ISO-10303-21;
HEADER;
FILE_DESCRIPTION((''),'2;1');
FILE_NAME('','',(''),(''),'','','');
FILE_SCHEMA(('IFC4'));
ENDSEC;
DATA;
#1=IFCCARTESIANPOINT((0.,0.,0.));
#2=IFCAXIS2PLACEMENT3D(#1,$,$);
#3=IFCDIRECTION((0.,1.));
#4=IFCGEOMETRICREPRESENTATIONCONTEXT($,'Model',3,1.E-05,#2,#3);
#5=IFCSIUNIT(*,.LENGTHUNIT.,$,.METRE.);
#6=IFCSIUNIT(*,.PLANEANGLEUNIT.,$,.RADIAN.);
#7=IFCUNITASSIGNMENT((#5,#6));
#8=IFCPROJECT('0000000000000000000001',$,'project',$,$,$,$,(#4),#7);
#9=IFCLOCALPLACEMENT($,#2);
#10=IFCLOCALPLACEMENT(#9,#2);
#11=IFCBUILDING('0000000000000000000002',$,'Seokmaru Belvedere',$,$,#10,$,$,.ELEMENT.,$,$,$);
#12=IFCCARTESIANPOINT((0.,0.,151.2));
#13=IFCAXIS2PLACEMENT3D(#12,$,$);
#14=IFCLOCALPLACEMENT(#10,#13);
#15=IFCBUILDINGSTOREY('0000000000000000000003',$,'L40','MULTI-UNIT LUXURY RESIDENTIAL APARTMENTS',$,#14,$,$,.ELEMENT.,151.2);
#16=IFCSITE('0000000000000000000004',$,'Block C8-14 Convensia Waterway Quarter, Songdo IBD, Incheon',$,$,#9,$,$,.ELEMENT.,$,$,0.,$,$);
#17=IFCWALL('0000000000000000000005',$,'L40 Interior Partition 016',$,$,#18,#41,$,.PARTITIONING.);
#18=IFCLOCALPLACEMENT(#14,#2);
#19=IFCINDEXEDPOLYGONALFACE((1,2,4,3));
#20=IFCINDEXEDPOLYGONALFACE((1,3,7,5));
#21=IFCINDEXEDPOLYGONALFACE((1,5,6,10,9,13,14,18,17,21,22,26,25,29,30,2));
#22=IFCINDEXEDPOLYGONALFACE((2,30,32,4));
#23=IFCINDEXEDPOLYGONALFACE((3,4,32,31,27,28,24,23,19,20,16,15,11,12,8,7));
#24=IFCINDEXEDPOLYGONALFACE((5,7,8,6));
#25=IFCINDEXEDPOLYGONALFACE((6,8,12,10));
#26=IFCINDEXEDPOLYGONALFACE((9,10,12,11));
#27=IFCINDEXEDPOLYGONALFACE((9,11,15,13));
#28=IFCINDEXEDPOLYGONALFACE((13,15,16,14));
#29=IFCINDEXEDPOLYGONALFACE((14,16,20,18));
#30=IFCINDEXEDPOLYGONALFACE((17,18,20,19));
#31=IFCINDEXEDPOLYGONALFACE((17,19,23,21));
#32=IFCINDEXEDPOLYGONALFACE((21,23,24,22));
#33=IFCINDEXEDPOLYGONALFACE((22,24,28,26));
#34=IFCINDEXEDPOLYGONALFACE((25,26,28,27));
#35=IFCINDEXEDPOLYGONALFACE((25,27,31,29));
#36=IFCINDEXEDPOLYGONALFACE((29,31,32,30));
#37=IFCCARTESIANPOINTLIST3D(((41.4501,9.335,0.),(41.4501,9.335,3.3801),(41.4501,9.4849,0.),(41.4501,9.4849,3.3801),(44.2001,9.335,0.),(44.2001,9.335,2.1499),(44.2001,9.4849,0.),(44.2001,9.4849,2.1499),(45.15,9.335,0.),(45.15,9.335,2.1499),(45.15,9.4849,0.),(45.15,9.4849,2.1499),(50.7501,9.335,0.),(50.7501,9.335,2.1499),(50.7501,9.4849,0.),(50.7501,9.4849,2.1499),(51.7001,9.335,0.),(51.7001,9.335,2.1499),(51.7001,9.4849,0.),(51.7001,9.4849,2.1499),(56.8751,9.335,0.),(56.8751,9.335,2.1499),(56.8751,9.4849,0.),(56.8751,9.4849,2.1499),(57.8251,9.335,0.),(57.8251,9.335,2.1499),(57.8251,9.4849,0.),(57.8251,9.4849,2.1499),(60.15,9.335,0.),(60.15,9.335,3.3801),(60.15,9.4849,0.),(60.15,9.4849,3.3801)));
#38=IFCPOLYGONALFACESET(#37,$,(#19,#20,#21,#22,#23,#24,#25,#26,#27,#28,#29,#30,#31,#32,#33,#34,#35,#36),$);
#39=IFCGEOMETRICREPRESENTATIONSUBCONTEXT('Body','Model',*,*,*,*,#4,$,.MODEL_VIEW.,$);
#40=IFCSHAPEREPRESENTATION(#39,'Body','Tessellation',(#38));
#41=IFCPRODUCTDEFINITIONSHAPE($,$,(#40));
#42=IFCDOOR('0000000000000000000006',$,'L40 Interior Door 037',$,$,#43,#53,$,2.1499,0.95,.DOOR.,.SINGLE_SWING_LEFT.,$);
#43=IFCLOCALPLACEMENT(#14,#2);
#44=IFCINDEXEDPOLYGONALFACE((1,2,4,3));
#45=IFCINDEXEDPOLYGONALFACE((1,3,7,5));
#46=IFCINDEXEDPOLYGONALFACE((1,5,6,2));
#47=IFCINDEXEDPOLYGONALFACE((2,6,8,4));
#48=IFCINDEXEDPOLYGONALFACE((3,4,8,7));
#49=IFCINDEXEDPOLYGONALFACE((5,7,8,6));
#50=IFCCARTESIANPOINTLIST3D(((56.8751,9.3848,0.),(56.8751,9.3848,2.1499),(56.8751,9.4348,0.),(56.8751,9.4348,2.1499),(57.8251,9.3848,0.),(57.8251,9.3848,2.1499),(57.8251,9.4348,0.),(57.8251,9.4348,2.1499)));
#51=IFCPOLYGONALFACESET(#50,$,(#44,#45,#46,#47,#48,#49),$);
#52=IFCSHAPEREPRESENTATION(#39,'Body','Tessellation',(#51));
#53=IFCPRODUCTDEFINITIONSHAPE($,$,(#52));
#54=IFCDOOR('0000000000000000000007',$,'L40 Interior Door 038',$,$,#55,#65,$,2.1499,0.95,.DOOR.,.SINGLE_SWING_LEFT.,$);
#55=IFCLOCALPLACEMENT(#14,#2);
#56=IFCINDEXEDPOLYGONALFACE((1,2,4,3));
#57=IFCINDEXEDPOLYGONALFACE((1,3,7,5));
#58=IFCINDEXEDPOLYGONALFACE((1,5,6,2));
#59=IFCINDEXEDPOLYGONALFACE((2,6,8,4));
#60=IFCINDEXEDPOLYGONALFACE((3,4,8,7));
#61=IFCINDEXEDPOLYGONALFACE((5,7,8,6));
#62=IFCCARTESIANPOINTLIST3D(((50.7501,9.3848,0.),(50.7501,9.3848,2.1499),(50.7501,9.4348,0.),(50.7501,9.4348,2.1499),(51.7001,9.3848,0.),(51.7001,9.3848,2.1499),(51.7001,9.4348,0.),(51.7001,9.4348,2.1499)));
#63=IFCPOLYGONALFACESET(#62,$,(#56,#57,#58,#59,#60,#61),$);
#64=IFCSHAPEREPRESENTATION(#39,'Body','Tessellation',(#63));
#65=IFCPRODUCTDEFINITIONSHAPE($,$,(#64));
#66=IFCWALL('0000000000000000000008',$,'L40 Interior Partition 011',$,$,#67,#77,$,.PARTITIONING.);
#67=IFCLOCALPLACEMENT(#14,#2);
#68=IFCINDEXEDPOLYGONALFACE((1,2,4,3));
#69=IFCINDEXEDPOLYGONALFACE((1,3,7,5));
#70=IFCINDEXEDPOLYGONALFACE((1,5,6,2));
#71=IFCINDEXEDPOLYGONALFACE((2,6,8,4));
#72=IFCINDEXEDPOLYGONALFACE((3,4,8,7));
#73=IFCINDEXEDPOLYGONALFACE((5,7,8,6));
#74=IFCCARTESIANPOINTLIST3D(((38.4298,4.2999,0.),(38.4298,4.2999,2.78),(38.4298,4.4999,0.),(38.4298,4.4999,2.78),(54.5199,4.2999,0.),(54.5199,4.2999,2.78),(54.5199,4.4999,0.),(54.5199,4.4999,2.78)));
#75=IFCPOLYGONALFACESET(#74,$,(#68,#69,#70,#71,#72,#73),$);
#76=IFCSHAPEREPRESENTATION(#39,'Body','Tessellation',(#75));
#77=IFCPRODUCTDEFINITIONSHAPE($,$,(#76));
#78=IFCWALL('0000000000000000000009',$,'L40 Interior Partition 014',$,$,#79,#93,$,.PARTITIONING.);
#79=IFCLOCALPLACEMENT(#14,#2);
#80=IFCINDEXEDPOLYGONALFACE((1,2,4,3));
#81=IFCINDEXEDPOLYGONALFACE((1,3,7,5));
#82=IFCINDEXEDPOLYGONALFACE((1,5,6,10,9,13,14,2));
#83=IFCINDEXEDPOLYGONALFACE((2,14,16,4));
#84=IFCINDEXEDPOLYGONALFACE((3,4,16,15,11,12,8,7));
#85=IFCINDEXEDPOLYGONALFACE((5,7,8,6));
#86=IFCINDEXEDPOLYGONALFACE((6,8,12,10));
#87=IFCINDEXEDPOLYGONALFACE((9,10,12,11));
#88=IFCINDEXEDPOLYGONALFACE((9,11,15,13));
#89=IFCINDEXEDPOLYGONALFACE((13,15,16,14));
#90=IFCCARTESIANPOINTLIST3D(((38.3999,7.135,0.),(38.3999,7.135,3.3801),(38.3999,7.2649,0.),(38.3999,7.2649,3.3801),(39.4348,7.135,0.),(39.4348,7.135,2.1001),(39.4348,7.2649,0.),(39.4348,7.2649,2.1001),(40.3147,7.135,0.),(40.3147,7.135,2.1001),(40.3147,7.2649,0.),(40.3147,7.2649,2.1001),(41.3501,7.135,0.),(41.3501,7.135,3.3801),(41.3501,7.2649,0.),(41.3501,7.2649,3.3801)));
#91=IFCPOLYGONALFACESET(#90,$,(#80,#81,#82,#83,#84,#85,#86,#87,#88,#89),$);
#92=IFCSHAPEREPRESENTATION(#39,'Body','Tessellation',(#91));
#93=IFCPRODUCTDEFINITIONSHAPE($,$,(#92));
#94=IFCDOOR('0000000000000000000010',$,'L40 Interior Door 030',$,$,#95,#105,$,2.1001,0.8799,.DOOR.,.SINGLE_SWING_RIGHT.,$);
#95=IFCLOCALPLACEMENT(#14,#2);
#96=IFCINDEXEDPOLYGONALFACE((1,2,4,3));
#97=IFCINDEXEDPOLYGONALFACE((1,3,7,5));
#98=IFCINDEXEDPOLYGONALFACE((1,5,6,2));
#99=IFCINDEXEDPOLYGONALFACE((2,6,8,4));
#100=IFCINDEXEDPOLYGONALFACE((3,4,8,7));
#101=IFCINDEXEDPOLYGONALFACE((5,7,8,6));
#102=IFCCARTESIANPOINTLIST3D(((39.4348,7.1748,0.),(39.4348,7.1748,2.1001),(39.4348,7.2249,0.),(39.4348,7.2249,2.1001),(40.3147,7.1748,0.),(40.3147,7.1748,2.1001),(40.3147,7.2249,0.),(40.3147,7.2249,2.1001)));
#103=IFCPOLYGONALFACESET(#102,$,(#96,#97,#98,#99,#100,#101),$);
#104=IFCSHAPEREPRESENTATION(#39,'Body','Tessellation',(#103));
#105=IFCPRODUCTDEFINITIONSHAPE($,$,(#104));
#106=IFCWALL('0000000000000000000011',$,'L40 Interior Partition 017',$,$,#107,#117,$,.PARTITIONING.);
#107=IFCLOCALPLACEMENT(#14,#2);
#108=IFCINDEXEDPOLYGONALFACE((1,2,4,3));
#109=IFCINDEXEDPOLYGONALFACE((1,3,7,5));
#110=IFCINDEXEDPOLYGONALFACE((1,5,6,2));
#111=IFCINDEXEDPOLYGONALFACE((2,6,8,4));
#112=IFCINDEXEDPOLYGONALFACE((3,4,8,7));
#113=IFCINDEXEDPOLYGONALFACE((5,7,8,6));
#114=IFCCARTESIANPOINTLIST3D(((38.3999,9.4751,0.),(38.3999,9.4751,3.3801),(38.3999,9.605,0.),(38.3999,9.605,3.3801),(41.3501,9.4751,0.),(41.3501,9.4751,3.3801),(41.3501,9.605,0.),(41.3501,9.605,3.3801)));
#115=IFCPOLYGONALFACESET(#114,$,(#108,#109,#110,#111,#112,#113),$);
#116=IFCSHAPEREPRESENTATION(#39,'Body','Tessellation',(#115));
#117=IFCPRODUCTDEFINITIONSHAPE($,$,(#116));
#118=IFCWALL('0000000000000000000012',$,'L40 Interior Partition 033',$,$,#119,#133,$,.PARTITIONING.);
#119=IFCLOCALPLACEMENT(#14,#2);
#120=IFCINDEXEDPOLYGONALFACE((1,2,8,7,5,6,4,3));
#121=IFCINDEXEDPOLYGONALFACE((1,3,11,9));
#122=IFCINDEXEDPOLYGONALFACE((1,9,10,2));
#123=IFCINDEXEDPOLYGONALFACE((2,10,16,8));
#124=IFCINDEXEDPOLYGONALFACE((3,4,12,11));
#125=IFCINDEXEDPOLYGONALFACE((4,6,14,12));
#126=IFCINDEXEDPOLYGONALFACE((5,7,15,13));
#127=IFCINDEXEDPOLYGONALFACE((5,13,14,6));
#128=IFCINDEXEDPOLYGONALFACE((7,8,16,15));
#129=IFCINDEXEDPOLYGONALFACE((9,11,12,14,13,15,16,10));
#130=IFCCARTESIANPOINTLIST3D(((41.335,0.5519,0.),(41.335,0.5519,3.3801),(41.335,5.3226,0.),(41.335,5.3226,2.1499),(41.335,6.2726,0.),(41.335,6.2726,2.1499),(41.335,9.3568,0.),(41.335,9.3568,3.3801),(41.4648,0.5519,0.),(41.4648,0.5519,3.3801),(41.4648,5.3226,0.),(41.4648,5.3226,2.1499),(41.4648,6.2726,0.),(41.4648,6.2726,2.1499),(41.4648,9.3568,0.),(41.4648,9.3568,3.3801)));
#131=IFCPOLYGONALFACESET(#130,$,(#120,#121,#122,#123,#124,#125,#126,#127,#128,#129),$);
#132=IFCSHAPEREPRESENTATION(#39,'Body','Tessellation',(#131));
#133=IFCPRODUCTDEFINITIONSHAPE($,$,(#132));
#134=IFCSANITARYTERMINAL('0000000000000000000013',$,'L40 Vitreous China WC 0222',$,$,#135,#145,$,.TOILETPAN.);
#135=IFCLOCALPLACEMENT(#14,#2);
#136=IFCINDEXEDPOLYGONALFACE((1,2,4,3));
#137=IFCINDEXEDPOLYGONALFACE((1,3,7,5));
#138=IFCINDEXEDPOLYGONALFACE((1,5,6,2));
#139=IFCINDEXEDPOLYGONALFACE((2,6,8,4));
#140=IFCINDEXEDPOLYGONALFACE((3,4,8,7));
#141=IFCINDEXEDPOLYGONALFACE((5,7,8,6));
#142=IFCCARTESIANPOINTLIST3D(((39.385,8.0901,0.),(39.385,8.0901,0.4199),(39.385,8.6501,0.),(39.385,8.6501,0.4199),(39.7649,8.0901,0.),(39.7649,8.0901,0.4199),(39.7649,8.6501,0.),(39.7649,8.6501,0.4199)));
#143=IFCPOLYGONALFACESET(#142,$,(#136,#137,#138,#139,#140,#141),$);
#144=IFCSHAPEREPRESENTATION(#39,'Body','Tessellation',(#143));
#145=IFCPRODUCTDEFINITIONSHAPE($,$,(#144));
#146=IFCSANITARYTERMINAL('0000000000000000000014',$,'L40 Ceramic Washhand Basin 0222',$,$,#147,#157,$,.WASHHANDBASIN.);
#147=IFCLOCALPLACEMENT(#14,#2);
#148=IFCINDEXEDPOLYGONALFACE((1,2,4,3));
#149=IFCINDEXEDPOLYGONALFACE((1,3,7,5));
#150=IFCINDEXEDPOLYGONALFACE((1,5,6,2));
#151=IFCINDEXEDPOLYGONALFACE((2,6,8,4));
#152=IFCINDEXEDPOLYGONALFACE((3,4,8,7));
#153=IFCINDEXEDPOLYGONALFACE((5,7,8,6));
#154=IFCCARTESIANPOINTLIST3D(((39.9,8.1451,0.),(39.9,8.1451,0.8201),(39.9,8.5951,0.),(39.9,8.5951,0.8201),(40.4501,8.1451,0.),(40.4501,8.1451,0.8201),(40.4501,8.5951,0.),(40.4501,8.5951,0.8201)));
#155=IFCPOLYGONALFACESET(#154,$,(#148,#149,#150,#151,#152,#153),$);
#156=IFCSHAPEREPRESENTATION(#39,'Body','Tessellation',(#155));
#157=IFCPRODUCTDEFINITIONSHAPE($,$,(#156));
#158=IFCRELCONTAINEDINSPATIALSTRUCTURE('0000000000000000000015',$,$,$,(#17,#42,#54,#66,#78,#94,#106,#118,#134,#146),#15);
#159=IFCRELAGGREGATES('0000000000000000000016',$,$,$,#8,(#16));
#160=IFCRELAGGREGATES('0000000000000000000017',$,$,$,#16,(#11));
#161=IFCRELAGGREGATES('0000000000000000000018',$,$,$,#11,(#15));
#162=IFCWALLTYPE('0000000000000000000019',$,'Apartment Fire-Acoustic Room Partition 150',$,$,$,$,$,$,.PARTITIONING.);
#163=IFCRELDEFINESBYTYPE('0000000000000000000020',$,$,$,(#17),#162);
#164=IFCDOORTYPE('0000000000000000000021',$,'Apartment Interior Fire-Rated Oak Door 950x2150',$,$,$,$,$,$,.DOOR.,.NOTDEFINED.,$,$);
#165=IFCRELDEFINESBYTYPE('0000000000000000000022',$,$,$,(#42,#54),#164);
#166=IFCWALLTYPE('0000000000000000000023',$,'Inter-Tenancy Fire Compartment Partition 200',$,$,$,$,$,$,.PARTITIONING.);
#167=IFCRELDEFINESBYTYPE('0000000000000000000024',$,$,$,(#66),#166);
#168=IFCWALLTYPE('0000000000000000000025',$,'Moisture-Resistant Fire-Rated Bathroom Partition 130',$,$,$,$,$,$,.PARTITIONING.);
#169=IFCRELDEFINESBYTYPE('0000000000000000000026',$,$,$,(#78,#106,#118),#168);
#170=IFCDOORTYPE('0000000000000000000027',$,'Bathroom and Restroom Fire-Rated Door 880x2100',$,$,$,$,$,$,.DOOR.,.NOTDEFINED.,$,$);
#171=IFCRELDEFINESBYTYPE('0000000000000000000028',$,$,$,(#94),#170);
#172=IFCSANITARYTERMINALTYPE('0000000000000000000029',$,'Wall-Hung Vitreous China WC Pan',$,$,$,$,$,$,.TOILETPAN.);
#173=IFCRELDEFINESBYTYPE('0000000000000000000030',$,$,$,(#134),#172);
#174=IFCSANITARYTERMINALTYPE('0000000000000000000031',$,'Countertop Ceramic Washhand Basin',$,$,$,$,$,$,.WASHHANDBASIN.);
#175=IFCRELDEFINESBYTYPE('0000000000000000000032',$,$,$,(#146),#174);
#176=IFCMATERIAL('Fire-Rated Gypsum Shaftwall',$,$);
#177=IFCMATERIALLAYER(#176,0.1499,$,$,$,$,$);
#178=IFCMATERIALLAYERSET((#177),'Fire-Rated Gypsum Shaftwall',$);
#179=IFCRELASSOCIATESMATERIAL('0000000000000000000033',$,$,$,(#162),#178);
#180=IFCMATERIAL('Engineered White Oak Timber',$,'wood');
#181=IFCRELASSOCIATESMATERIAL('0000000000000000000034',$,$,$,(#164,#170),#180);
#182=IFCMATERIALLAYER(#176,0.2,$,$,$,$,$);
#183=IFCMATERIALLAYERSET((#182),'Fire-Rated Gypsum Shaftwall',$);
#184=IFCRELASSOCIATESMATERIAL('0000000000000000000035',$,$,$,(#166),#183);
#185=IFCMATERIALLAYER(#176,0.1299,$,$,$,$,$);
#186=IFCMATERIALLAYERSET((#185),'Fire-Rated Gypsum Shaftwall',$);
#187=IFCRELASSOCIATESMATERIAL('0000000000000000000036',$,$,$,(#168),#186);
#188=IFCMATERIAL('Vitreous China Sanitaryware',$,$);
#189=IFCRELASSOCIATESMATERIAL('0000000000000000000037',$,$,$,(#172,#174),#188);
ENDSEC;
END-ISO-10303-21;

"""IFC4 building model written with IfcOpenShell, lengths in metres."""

from ifc_helpers import new_model, si_unit, direction, frame, frame_2d, origin, origin_2d, place, context, subcontext, project, spatial, rectangle, extrude, source, transform, mapped, material, layer, layer_set, type_object, type_shapes, element, fill, save


model = new_model("IFC4")

# Units and contexts
model_context = context("Model", 3, precision=1e-05, world=origin(), true_north=direction((0.0, 1.0)))
body_context = subcontext(model_context, "Body", "Model", "MODEL_VIEW")
ifc_project = project(units=[si_unit("LENGTHUNIT", "METRE"), si_unit("PLANEANGLEUNIT", "RADIAN")], contexts=[model_context])

# Site, building, storey
site_placement = place(None, origin())
site = spatial("IfcSite", under=ifc_project, at=site_placement, Name="Block C8-14 Convensia Waterway Quarter, Songdo IBD, Incheon", CompositionType="ELEMENT", RefElevation=0.0)
building_placement = place(site_placement, origin())
building = spatial("IfcBuilding", under=site, at=building_placement, Name="Seokmaru Belvedere", CompositionType="ELEMENT")
storey_placement = place(building_placement, frame((0.0, 0.0, 151.2)))
storey = spatial("IfcBuildingStorey", under=building, at=storey_placement, Name="L40", Description="MULTI-UNIT LUXURY RESIDENTIAL APARTMENTS", CompositionType="ELEMENT", Elevation=151.2)

# Shared definitions
ifc_material_1 = material(Name="Fire-Rated Gypsum Shaftwall")
ifc_layer_1 = layer(ifc_material_1, 0.1499)
ifc_layer_set_1 = layer_set([ifc_layer_1], Name="Fire-Rated Gypsum Shaftwall")
wall_type_1 = type_object("IfcWallType", Name="Apartment Fire-Acoustic Room Partition 150", PredefinedType="PARTITIONING", material=ifc_layer_set_1)

# Wall, openings, doors
wall_1_placement = place(storey_placement, frame((41.45, 9.4099, 0.0), z_axis=(0.0, 0.0, 1.0), x_axis=(1.0, 0.0, 0.0)))
wall_1 = element("IfcWall", 1, at=wall_1_placement, inside=storey, type_object=wall_type_1, Name="L40 Interior Partition 016", PredefinedType="PARTITIONING", context=body_context, shape_type="SweptSolid", body=[
    extrude(rectangle(XDim=18.7, YDim=0.1499, at=frame_2d((9.3501, 0.0))), origin(), (0.0, 0.0, 1.0), 3.3801),
])
opening_1_placement = place(wall_1_placement, frame((2.75, 0.0, 0.0)))
element("IfcOpeningElement", 2, at=opening_1_placement, cuts=wall_1, PredefinedType="OPENING", context=body_context, shape_type="SweptSolid", body=[
    extrude(rectangle(XDim=0.95, YDim=2.1499, at=frame_2d((0.4751, 1.075))), frame((0.0, 0.085, 0.0), z_axis=(0.0, -1.0, 0.0), x_axis=(1.0, 0.0, 0.0)), (0.0, 0.0, 1.0), 0.1699),
])
opening_2_placement = place(wall_1_placement, frame((15.425, 0.0, 0.0)))
opening_2 = element("IfcOpeningElement", 3, at=opening_2_placement, cuts=wall_1, PredefinedType="OPENING", context=body_context, shape_type="SweptSolid", body=[
    extrude(rectangle(XDim=0.95, YDim=2.1499, at=frame_2d((0.4751, 1.075))), frame((0.0, 0.085, 0.0), z_axis=(0.0, -1.0, 0.0), x_axis=(1.0, 0.0, 0.0)), (0.0, 0.0, 1.0), 0.1699),
])
opening_3_placement = place(wall_1_placement, frame((9.3, 0.0, 0.0)))
opening_3 = element("IfcOpeningElement", 4, at=opening_3_placement, cuts=wall_1, PredefinedType="OPENING", context=body_context, shape_type="SweptSolid", body=[
    extrude(rectangle(XDim=0.95, YDim=2.1499, at=frame_2d((0.4751, 1.075))), frame((0.0, 0.085, 0.0), z_axis=(0.0, -1.0, 0.0), x_axis=(1.0, 0.0, 0.0)), (0.0, 0.0, 1.0), 0.1699),
])
ifc_material_2 = material(Name="Engineered White Oak Timber", Category="wood")
door_type_1 = type_object("IfcDoorType", Name="Apartment Interior Fire-Rated Oak Door 950x2150", OperationType="NOTDEFINED", PredefinedType="DOOR", material=ifc_material_2)
shared_shape_1 = source(origin(), body_context, "Body", "SweptSolid", [
    extrude(rectangle(XDim=0.95, YDim=2.1499, at=frame_2d((0.4751, 1.075))), frame((0.0, 0.0249, 0.0), z_axis=(0.0, -1.0, 0.0), x_axis=(1.0, 0.0, 0.0)), (0.0, 0.0, 1.0), 0.05),
])
type_shapes(door_type_1, [shared_shape_1])
door_1_placement = place(opening_2_placement, origin())
door_1 = element("IfcDoor", 5, at=door_1_placement, inside=storey, type_object=door_type_1, Name="L40 Interior Door 037", OperationType="SINGLE_SWING_LEFT", OverallHeight=2.1499, OverallWidth=0.95, PredefinedType="DOOR", context=body_context, shape_type="MappedRepresentation", body=[
    mapped(shared_shape_1, transform((0.0, 0.0, 0.0), scale=1.0)),
])
fill(opening_2, door_1)
door_2_placement = place(opening_3_placement, origin())
door_2 = element("IfcDoor", 6, at=door_2_placement, inside=storey, type_object=door_type_1, Name="L40 Interior Door 038", OperationType="SINGLE_SWING_LEFT", OverallHeight=2.1499, OverallWidth=0.95, PredefinedType="DOOR", context=body_context, shape_type="MappedRepresentation", body=[
    mapped(shared_shape_1, transform((0.0, 0.0, 0.0), scale=1.0)),
])
fill(opening_3, door_2)

# Wall
ifc_layer_2 = layer(ifc_material_1, 0.2)
ifc_layer_set_2 = layer_set([ifc_layer_2], Name="Fire-Rated Gypsum Shaftwall")
wall_type_2 = type_object("IfcWallType", Name="Inter-Tenancy Fire Compartment Partition 200", PredefinedType="PARTITIONING", material=ifc_layer_set_2)
wall_2_placement = place(storey_placement, frame((38.4299, 4.3999, 0.0), z_axis=(0.0, 0.0, 1.0), x_axis=(1.0, 0.0, 0.0)))
element("IfcWall", 7, at=wall_2_placement, inside=storey, type_object=wall_type_2, Name="L40 Interior Partition 011", PredefinedType="PARTITIONING", context=body_context, shape_type="SweptSolid", body=[
    extrude(rectangle(XDim=16.0901, YDim=0.2, at=frame_2d((8.0449, 0.0))), origin(), (0.0, 0.0, 1.0), 2.78),
])

# Wall, opening, door
ifc_layer_3 = layer(ifc_material_1, 0.1299)
ifc_layer_set_3 = layer_set([ifc_layer_3], Name="Fire-Rated Gypsum Shaftwall")
wall_type_3 = type_object("IfcWallType", Name="Moisture-Resistant Fire-Rated Bathroom Partition 130", PredefinedType="PARTITIONING", material=ifc_layer_set_3)
wall_3_placement = place(storey_placement, frame((38.3999, 7.2, 0.0), z_axis=(0.0, 0.0, 1.0), x_axis=(1.0, 0.0, 0.0)))
wall_3 = element("IfcWall", 8, at=wall_3_placement, inside=storey, type_object=wall_type_3, Name="L40 Interior Partition 014", PredefinedType="PARTITIONING", context=body_context, shape_type="SweptSolid", body=[
    extrude(rectangle(XDim=2.9502, YDim=0.1299, at=frame_2d((1.4751, 0.0))), origin(), (0.0, 0.0, 1.0), 3.3801),
])
opening_4_placement = place(wall_3_placement, frame((1.0349, 0.0, 0.0)))
opening_4 = element("IfcOpeningElement", 9, at=opening_4_placement, cuts=wall_3, PredefinedType="OPENING", context=body_context, shape_type="SweptSolid", body=[
    extrude(rectangle(XDim=0.8799, YDim=2.1001, at=frame_2d((0.4399, 1.05))), frame((0.0, 0.075, 0.0), z_axis=(0.0, -1.0, 0.0), x_axis=(1.0, 0.0, 0.0)), (0.0, 0.0, 1.0), 0.1499),
])
door_type_2 = type_object("IfcDoorType", Name="Bathroom and Restroom Fire-Rated Door 880x2100", OperationType="NOTDEFINED", PredefinedType="DOOR", material=ifc_material_2)
shared_shape_2 = source(origin(), body_context, "Body", "SweptSolid", [
    extrude(rectangle(XDim=0.8799, YDim=2.1001, at=frame_2d((0.4399, 1.05))), frame((0.0, 0.0249, 0.0), z_axis=(0.0, -1.0, 0.0), x_axis=(1.0, 0.0, 0.0)), (0.0, 0.0, 1.0), 0.05),
])
type_shapes(door_type_2, [shared_shape_2])
door_3_placement = place(opening_4_placement, origin())
door_3 = element("IfcDoor", 10, at=door_3_placement, inside=storey, type_object=door_type_2, Name="L40 Interior Door 030", OperationType="SINGLE_SWING_RIGHT", OverallHeight=2.1001, OverallWidth=0.8799, PredefinedType="DOOR", context=body_context, shape_type="MappedRepresentation", body=[
    mapped(shared_shape_2, transform((0.0, 0.0, 0.0), scale=1.0)),
])
fill(opening_4, door_3)

# Wall
wall_4_placement = place(storey_placement, frame((38.3999, 9.54, 0.0), z_axis=(0.0, 0.0, 1.0), x_axis=(1.0, 0.0, 0.0)))
element("IfcWall", 11, at=wall_4_placement, inside=storey, type_object=wall_type_3, Name="L40 Interior Partition 017", PredefinedType="PARTITIONING", context=body_context, shape_type="SweptSolid", body=[
    extrude(rectangle(XDim=2.9502, YDim=0.1299, at=frame_2d((1.4751, 0.0))), origin(), (0.0, 0.0, 1.0), 3.3801),
])

# Wall, opening
wall_5_placement = place(storey_placement, frame((41.3999, 0.552, 0.0), z_axis=(0.0, 0.0, 1.0), x_axis=(0.0, 1.0, 0.0)))
wall_5 = element("IfcWall", 12, at=wall_5_placement, inside=storey, type_object=wall_type_3, Name="L40 Interior Partition 033", PredefinedType="PARTITIONING", context=body_context, shape_type="SweptSolid", body=[
    extrude(rectangle(XDim=8.8049, YDim=0.1299, at=frame_2d((4.4023, 0.0))), origin(), (0.0, 0.0, 1.0), 3.3801),
])
opening_5_placement = place(wall_5_placement, frame((4.7705, 0.0, 0.0)))
element("IfcOpeningElement", 13, at=opening_5_placement, cuts=wall_5, PredefinedType="OPENING", context=body_context, shape_type="SweptSolid", body=[
    extrude(rectangle(XDim=0.95, YDim=2.1499, at=frame_2d((0.4751, 1.075))), frame((0.0, 0.075, 0.0), z_axis=(0.0, -1.0, 0.0), x_axis=(1.0, 0.0, 0.0)), (0.0, 0.0, 1.0), 0.1499),
])

# Sanitary terminals
ifc_material_3 = material(Name="Vitreous China Sanitaryware")
sanitary_terminal_type_1 = type_object("IfcSanitaryTerminalType", Name="Wall-Hung Vitreous China WC Pan", PredefinedType="TOILETPAN", material=ifc_material_3)
shared_shape_3 = source(origin(), body_context, "Body", "SweptSolid", [
    extrude(rectangle(XDim=0.3799, YDim=0.5601, at=origin_2d()), origin(), (0.0, 0.0, 1.0), 0.4199),
])
type_shapes(sanitary_terminal_type_1, [shared_shape_3])
sanitary_terminal_1_placement = place(storey_placement, frame((39.575, 8.3701, 0.0), z_axis=(0.0, 0.0, 1.0), x_axis=(1.0, 0.0, 0.0)))
element("IfcSanitaryTerminal", 14, at=sanitary_terminal_1_placement, inside=storey, type_object=sanitary_terminal_type_1, Name="L40 Vitreous China WC 0222", PredefinedType="TOILETPAN", context=body_context, shape_type="MappedRepresentation", body=[
    mapped(shared_shape_3, transform((0.0, 0.0, 0.0), scale=1.0)),
])
sanitary_terminal_type_2 = type_object("IfcSanitaryTerminalType", Name="Countertop Ceramic Washhand Basin", PredefinedType="WASHHANDBASIN", material=ifc_material_3)
shared_shape_4 = source(origin(), body_context, "Body", "SweptSolid", [
    extrude(rectangle(XDim=0.55, YDim=0.45, at=origin_2d()), origin(), (0.0, 0.0, 1.0), 0.8201),
])
type_shapes(sanitary_terminal_type_2, [shared_shape_4])
sanitary_terminal_2_placement = place(storey_placement, frame((40.175, 8.3701, 0.0), z_axis=(0.0, 0.0, 1.0), x_axis=(1.0, 0.0, 0.0)))
element("IfcSanitaryTerminal", 15, at=sanitary_terminal_2_placement, inside=storey, type_object=sanitary_terminal_type_2, Name="L40 Ceramic Washhand Basin 0222", PredefinedType="WASHHANDBASIN", context=body_context, shape_type="MappedRepresentation", body=[
    mapped(shared_shape_4, transform((0.0, 0.0, 0.0), scale=1.0)),
])

save(model, "model.ifc")
